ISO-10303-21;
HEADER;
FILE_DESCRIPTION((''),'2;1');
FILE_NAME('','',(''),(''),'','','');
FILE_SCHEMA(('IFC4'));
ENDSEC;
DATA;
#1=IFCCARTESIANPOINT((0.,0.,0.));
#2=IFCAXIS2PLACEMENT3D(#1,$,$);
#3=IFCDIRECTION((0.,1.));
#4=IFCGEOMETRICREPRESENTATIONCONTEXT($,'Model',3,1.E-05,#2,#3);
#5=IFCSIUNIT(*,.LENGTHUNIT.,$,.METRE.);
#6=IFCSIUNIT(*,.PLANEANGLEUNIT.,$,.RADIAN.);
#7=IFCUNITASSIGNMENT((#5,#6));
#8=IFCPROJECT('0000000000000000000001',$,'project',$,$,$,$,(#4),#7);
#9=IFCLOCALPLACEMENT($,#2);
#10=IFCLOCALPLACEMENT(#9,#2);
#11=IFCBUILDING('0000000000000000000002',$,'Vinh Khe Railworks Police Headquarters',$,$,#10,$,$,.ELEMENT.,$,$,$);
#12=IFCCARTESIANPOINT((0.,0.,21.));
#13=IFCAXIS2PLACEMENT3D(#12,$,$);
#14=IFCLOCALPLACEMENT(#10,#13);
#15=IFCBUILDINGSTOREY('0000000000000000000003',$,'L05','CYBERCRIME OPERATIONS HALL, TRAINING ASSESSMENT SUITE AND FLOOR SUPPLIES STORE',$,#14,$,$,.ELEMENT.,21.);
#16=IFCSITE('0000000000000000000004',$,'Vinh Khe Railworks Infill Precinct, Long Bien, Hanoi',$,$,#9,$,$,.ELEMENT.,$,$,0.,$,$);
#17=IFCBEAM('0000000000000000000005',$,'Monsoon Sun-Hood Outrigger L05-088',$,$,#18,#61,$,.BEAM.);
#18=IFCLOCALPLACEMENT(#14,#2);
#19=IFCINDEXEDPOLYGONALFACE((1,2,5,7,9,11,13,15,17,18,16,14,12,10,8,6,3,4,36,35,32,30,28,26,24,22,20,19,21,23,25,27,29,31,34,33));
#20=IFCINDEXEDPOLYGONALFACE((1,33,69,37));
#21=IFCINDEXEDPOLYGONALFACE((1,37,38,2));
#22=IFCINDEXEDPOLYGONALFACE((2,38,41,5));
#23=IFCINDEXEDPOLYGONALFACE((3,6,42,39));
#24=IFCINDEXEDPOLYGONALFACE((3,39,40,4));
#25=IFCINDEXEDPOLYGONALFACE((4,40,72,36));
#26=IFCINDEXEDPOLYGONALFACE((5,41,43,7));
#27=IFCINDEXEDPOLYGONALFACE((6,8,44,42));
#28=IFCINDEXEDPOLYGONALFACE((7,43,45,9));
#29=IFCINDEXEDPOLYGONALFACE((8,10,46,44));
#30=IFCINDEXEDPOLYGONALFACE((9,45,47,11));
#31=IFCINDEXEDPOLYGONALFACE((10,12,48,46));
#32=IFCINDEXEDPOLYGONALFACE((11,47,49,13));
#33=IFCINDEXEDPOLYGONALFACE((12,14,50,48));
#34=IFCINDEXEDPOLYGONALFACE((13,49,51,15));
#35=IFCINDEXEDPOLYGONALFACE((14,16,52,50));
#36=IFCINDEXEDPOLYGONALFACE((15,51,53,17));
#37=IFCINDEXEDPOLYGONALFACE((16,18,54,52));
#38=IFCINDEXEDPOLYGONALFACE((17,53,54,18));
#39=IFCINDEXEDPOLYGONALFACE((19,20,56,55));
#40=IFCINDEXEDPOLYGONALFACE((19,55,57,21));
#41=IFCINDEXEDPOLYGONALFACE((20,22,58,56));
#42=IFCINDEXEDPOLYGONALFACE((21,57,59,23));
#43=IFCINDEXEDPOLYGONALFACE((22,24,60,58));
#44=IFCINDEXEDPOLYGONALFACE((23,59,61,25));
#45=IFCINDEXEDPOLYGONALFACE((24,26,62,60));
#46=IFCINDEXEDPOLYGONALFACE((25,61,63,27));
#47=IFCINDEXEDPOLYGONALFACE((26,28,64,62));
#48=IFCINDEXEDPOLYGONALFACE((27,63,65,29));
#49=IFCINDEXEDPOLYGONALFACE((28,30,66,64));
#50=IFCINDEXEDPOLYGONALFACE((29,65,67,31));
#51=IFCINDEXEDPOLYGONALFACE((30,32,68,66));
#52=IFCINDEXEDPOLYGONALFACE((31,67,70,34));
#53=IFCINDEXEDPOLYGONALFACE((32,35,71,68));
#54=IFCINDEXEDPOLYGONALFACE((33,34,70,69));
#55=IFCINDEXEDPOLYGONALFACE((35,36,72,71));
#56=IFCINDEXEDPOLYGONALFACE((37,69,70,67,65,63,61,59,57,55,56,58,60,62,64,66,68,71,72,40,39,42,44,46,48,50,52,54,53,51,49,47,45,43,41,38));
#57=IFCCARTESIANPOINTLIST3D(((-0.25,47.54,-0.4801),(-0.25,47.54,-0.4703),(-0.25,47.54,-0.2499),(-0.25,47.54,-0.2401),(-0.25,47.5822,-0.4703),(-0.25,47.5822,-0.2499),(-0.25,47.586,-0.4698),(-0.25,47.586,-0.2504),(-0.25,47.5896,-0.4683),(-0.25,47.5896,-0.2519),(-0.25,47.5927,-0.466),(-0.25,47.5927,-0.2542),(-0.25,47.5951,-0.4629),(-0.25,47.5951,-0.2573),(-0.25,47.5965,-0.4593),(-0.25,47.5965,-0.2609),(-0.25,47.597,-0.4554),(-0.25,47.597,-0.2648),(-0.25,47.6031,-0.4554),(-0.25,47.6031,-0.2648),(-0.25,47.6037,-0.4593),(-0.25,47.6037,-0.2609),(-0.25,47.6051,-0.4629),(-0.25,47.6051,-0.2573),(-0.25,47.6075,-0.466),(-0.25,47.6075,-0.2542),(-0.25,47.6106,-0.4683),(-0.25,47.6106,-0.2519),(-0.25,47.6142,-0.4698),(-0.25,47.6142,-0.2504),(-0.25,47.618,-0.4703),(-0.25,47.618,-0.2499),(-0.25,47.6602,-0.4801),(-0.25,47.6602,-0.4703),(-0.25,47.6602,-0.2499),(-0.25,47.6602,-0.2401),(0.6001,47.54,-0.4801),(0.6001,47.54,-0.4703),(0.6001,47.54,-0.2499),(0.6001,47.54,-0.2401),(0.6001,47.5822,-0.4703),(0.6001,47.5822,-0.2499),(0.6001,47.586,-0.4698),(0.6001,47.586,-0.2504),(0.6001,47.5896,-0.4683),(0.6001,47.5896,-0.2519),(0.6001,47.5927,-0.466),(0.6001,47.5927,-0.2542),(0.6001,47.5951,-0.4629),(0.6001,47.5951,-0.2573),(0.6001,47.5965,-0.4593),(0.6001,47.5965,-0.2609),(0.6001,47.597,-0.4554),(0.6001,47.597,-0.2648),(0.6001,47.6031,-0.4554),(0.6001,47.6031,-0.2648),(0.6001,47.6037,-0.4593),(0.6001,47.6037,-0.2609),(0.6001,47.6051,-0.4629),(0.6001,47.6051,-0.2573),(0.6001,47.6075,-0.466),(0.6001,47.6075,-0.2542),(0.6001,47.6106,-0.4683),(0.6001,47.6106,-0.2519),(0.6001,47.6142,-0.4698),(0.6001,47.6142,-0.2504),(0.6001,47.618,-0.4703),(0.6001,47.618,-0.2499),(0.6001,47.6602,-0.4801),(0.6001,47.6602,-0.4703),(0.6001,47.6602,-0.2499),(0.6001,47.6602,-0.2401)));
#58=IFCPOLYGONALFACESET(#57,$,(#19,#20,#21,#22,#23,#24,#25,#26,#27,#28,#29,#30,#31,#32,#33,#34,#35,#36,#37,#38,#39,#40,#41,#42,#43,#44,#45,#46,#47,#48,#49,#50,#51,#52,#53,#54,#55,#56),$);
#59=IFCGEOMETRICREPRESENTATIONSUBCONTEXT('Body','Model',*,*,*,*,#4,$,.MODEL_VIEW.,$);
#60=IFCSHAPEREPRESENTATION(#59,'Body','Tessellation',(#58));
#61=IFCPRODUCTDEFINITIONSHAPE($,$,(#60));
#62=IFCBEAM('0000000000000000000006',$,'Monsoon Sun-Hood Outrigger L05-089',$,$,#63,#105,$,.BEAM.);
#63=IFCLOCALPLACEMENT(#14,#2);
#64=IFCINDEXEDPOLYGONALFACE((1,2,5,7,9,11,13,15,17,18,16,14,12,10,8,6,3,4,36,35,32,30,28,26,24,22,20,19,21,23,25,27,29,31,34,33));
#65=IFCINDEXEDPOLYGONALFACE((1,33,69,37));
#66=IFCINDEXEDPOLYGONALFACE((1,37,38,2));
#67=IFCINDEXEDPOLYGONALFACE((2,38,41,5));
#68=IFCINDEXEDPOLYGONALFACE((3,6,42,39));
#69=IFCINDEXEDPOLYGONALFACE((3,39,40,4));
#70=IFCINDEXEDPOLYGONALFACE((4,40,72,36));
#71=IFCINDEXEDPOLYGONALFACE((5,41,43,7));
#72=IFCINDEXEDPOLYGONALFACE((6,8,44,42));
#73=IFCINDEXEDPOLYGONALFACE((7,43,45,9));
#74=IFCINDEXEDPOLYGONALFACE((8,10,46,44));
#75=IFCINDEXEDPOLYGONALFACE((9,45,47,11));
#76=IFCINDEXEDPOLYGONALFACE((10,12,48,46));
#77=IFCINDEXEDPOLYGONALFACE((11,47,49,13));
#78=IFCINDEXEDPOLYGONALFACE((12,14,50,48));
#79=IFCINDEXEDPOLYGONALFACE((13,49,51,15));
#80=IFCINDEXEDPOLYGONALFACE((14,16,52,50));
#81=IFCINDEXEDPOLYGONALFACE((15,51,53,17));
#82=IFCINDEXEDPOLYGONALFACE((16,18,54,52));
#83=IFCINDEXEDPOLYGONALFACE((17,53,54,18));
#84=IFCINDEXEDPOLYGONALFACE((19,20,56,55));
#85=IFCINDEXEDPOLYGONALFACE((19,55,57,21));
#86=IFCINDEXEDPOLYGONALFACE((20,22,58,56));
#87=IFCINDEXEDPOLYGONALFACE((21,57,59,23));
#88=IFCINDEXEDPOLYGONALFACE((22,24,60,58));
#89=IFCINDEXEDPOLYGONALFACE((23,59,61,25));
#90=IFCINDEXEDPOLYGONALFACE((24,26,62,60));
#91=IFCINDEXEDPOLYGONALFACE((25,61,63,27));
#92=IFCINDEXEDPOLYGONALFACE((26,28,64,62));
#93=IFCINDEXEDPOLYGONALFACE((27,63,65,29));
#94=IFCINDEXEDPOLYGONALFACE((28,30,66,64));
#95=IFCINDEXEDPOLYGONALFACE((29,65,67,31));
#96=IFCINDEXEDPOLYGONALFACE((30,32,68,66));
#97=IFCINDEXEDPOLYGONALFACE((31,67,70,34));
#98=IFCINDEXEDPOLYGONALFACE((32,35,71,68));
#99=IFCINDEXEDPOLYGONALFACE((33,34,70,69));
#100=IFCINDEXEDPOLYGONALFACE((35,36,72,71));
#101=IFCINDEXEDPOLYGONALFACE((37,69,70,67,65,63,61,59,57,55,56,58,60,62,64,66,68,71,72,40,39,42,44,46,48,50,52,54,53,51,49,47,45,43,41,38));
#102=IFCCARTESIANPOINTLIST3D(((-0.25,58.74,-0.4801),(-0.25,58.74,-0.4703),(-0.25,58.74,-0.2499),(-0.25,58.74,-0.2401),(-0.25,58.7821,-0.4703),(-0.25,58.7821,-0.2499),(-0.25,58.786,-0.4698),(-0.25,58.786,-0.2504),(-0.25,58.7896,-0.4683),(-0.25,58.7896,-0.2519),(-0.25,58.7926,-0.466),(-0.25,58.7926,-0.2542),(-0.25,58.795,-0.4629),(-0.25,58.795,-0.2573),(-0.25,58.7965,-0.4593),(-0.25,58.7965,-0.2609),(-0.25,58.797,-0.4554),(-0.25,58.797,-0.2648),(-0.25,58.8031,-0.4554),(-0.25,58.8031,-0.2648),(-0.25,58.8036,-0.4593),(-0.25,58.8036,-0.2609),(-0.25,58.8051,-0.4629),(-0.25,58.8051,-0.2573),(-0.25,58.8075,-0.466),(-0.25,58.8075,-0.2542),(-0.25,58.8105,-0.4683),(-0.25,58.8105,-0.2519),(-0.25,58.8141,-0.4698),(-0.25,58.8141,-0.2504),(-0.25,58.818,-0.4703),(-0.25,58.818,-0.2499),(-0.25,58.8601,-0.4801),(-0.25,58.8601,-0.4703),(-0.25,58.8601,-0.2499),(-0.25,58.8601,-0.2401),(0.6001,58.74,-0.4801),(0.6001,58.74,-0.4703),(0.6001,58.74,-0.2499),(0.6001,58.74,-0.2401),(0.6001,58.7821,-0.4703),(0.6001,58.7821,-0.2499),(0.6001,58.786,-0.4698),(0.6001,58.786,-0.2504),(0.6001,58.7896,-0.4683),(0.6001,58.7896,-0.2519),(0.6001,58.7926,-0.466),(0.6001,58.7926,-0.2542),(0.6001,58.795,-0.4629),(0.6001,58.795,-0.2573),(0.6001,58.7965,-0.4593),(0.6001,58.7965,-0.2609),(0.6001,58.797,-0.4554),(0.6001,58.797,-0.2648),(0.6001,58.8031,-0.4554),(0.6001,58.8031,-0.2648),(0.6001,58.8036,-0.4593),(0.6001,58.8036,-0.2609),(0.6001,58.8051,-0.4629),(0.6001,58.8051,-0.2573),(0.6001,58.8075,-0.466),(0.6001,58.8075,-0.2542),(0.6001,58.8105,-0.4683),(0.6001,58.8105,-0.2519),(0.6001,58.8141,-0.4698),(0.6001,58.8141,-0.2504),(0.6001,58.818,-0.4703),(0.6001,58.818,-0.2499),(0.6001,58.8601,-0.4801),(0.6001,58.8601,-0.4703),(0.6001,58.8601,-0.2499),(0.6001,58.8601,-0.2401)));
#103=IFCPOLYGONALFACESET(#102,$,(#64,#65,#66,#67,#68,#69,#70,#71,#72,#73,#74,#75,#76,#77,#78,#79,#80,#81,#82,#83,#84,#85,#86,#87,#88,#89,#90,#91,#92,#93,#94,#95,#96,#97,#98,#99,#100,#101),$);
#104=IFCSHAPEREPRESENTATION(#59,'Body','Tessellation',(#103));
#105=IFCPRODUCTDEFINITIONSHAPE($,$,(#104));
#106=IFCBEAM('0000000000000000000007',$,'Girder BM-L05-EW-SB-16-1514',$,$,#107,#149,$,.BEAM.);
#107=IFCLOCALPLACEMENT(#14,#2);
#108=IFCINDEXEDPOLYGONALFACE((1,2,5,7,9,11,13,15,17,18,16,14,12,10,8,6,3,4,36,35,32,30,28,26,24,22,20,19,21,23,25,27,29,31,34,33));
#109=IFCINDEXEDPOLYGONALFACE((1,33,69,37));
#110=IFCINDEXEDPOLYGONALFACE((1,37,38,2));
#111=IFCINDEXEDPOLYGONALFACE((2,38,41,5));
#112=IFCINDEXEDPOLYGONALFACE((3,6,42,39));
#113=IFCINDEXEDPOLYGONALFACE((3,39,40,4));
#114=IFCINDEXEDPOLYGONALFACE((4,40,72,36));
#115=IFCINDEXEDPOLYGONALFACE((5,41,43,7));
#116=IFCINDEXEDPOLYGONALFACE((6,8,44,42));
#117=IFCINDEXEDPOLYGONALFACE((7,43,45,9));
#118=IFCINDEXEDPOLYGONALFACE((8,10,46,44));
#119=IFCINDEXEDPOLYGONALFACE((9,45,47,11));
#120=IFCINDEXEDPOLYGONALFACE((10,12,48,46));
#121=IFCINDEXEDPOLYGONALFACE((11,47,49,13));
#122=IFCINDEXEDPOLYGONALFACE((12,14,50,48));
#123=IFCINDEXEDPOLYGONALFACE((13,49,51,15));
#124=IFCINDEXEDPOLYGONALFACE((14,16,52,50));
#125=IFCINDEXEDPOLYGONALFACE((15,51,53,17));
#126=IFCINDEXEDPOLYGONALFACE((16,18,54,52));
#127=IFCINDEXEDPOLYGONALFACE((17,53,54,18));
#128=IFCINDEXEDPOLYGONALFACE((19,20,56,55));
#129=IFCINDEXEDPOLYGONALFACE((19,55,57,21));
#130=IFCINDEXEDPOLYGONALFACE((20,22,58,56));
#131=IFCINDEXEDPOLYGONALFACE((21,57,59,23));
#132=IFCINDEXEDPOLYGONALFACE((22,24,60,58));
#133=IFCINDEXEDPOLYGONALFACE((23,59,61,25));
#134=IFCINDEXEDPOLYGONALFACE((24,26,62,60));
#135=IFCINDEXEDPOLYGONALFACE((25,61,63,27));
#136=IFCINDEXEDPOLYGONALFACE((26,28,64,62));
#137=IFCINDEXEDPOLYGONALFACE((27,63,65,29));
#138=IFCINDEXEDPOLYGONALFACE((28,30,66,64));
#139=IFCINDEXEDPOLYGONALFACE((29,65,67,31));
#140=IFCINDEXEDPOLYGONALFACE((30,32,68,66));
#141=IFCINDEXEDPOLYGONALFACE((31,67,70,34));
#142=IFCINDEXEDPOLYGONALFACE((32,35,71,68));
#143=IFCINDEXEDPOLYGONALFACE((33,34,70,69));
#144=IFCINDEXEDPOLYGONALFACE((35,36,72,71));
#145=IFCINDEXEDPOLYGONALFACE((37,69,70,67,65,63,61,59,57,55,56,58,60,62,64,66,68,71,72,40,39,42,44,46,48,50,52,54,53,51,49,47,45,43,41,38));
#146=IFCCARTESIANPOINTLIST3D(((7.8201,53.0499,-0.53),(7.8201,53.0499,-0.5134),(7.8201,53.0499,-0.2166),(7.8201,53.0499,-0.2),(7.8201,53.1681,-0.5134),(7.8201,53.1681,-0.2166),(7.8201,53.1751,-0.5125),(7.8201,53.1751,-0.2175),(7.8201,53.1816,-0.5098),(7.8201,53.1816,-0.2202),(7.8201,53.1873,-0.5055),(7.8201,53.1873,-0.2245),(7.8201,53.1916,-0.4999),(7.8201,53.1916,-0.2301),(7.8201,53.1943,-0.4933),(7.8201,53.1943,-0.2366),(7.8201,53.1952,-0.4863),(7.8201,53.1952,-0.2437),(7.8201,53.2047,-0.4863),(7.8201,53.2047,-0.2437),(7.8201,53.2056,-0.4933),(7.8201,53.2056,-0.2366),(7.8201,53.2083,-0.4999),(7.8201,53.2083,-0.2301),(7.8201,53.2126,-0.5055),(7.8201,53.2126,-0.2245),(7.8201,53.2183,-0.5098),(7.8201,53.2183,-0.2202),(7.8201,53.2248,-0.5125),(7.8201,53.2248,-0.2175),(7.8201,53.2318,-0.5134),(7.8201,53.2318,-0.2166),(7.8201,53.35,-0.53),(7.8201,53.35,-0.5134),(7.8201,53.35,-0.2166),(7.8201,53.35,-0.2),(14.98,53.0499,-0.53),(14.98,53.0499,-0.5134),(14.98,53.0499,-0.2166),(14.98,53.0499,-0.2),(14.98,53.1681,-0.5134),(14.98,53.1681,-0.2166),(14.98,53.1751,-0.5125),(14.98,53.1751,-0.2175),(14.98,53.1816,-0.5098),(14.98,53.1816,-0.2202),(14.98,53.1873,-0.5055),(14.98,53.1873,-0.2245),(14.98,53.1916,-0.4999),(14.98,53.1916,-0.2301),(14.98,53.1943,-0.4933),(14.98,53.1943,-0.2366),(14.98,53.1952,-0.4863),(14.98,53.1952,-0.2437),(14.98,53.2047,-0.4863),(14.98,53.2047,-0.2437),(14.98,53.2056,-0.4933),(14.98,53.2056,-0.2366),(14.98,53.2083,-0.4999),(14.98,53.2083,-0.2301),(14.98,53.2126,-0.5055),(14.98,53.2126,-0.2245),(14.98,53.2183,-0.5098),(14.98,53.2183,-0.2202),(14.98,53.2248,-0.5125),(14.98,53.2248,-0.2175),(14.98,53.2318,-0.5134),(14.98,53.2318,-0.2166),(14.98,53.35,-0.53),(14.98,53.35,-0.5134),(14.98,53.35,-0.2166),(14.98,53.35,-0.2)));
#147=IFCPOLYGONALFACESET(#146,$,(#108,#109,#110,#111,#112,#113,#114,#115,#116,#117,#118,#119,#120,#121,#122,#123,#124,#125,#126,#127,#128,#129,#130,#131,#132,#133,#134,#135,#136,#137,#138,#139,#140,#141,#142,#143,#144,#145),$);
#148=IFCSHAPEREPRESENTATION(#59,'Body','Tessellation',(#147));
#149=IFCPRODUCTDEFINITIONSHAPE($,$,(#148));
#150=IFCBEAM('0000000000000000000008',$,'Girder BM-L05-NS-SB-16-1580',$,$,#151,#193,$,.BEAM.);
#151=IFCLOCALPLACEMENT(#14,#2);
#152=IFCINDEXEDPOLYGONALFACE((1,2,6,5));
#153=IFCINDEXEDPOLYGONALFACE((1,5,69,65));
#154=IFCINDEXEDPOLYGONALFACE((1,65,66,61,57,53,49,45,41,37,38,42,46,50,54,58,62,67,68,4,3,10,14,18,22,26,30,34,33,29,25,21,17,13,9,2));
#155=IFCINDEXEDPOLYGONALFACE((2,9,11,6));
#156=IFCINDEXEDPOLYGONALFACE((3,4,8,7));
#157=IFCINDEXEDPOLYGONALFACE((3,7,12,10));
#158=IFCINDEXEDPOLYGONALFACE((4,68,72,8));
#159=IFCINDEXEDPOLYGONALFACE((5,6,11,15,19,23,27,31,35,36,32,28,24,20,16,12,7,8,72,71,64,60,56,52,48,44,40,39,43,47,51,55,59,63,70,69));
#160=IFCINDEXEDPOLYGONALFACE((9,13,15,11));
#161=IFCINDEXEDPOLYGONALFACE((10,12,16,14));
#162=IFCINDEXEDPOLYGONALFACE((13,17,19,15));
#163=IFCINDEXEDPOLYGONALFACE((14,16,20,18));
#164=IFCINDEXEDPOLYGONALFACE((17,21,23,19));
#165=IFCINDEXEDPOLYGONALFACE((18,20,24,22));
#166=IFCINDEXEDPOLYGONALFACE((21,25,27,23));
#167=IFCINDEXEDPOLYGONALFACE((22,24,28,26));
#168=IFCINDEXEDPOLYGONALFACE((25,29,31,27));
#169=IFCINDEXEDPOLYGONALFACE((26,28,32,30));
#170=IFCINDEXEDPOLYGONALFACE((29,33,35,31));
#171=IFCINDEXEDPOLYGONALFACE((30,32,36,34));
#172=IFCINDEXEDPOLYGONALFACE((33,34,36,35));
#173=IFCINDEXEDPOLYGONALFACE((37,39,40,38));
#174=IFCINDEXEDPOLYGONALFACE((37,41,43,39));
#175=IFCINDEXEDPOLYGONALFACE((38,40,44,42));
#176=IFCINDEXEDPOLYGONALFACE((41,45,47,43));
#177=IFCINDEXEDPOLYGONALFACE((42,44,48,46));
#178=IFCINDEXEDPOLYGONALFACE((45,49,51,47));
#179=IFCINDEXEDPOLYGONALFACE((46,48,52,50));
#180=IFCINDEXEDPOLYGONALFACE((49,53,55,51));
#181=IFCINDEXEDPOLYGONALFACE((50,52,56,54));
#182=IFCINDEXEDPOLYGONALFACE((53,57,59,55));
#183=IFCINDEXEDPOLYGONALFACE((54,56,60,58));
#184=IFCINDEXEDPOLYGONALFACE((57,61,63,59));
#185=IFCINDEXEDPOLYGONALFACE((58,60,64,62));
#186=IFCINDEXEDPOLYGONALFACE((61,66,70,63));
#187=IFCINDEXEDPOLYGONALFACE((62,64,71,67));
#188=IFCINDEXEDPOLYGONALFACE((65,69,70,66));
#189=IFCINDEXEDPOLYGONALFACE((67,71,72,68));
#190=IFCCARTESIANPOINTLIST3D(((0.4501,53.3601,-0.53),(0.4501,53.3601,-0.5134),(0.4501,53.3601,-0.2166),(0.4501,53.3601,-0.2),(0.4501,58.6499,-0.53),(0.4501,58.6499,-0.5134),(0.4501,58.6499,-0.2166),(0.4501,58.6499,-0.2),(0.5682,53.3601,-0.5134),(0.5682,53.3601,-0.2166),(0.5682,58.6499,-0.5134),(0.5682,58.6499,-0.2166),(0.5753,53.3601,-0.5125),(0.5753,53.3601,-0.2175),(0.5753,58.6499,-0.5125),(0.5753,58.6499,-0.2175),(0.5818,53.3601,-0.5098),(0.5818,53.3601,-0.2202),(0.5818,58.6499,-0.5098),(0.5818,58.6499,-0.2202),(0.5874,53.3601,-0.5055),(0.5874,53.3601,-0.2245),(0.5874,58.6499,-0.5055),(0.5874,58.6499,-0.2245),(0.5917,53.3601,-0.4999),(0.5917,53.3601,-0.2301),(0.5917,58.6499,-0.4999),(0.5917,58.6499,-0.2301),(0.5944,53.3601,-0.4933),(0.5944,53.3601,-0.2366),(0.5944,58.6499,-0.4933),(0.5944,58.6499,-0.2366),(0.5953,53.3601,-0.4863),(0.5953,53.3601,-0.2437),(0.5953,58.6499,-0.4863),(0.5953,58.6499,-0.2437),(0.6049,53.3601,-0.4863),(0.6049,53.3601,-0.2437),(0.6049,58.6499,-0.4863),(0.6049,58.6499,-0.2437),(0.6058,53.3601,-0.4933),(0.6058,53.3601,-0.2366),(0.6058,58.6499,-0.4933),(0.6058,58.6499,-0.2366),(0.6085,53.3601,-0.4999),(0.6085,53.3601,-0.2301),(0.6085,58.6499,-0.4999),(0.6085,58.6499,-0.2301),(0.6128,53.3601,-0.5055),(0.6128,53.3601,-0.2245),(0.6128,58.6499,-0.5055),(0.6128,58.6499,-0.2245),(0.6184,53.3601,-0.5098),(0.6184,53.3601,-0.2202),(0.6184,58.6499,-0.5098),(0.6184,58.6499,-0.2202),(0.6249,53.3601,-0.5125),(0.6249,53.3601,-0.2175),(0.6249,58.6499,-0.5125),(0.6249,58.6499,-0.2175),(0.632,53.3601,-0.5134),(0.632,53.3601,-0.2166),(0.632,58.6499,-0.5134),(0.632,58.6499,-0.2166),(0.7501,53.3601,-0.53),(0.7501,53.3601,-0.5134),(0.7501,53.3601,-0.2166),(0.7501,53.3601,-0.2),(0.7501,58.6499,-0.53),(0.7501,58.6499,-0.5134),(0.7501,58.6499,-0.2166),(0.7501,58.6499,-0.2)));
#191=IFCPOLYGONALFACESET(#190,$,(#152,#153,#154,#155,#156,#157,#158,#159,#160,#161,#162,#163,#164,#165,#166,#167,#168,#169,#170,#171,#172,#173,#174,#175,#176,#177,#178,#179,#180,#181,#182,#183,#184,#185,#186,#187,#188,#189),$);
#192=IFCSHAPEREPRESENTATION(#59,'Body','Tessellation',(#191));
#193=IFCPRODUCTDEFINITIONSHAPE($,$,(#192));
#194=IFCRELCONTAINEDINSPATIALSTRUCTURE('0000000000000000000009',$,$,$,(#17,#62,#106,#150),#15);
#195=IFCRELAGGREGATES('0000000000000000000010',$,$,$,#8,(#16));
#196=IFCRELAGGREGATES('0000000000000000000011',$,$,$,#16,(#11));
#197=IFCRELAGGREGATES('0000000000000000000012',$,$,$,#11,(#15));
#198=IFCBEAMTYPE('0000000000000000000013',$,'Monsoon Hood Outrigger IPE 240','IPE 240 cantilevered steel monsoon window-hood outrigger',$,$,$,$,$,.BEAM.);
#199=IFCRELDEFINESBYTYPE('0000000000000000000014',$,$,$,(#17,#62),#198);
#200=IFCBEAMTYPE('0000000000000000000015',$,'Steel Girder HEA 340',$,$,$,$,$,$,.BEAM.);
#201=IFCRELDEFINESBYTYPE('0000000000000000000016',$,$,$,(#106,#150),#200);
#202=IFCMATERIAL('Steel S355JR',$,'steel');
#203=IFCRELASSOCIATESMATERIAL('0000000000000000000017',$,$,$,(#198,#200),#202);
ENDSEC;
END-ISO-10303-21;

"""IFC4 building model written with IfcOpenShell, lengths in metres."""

from ifc_helpers import new_model, si_unit, direction, frame, origin, origin_2d, place, context, subcontext, project, spatial, i_section, extrude, material, material_profile, profile_set, type_object, element, save


model = new_model("IFC4")

# Units and contexts
model_context = context("Model", 3, precision=1e-05, world=origin(), true_north=direction((0.0, 1.0)))
body_context = subcontext(model_context, "Body", "Model", "MODEL_VIEW")
ifc_project = project(units=[si_unit("LENGTHUNIT", "METRE"), si_unit("PLANEANGLEUNIT", "RADIAN")], contexts=[model_context])

# Site, building, storey
site_placement = place(None, origin())
site = spatial("IfcSite", under=ifc_project, at=site_placement, Name="Vinh Khe Railworks Infill Precinct, Long Bien, Hanoi", CompositionType="ELEMENT", RefElevation=0.0)
building_placement = place(site_placement, origin())
building = spatial("IfcBuilding", under=site, at=building_placement, Name="Vinh Khe Railworks Police Headquarters", CompositionType="ELEMENT")
storey_placement = place(building_placement, frame((0.0, 0.0, 21.0)))
storey = spatial("IfcBuildingStorey", under=building, at=storey_placement, Name="L05", Description="CYBERCRIME OPERATIONS HALL, TRAINING ASSESSMENT SUITE AND FLOOR SUPPLIES STORE", CompositionType="ELEMENT", Elevation=21.0)

# Shared definitions
ifc_material_1 = material(Name="Steel S355JR", Category="steel")

# Beams
ifc_material_profile_1 = material_profile(ifc_material_1, i_section(OverallWidth=0.1201, OverallDepth=0.24, WebThickness=0.0061, FlangeThickness=0.0098, FilletRadius=0.0149, at=origin_2d()), Name="IPE 240")
ifc_profile_set_1 = profile_set([ifc_material_profile_1], Name="Steel S355JR")
beam_type_1 = type_object("IfcBeamType", Name="Monsoon Hood Outrigger IPE 240", Description="IPE 240 cantilevered steel monsoon window-hood outrigger", PredefinedType="BEAM", material=ifc_profile_set_1)
for number, where, z_axis, x_axis, name in (
    (1, (-0.25, 47.6001, -0.3601), (1.0, 0.0, 0.0), (0.0, 1.0, 0.0), "Monsoon Sun-Hood Outrigger L05-088"),
    (2, (-0.25, 58.8, -0.3601), (1.0, 0.0, 0.0), (0.0, 1.0, 0.0), "Monsoon Sun-Hood Outrigger L05-089"),
):
    element("IfcBeam", number, at=place(storey_placement, frame(where, z_axis=z_axis, x_axis=x_axis)), inside=storey, type_object=beam_type_1, Name=name, PredefinedType="BEAM", context=body_context, shape_type="SweptSolid", body=[
        extrude(i_section(OverallWidth=0.1201, OverallDepth=0.24, WebThickness=0.0061, FlangeThickness=0.0098, FilletRadius=0.0149, at=origin_2d()), origin(), (0.0, 0.0, 1.0), 0.8501),
    ])
ifc_material_profile_2 = material_profile(ifc_material_1, i_section(OverallWidth=0.3, OverallDepth=0.3301, WebThickness=0.0095, FlangeThickness=0.0166, FilletRadius=0.0271, at=origin_2d()), Name="HEA 340")
ifc_profile_set_2 = profile_set([ifc_material_profile_2], Name="Steel S355JR")
beam_type_2 = type_object("IfcBeamType", Name="Steel Girder HEA 340", PredefinedType="BEAM", material=ifc_profile_set_2)
beam_1_placement = place(storey_placement, frame((7.8201, 53.2, -0.365), z_axis=(1.0, 0.0, 0.0), x_axis=(0.0, 1.0, 0.0)))
element("IfcBeam", 3, at=beam_1_placement, inside=storey, type_object=beam_type_2, Name="Girder BM-L05-EW-SB-16-1514", PredefinedType="BEAM", context=body_context, shape_type="SweptSolid", body=[
    extrude(i_section(OverallWidth=0.3, OverallDepth=0.3301, WebThickness=0.0095, FlangeThickness=0.0166, FilletRadius=0.0271, at=origin_2d()), origin(), (0.0, 0.0, 1.0), 7.1599),
])
beam_2_placement = place(storey_placement, frame((0.6001, 53.3601, -0.365), z_axis=(0.0, 1.0, 0.0), x_axis=(-1.0, 0.0, 0.0)))
element("IfcBeam", 4, at=beam_2_placement, inside=storey, type_object=beam_type_2, Name="Girder BM-L05-NS-SB-16-1580", PredefinedType="BEAM", context=body_context, shape_type="SweptSolid", body=[
    extrude(i_section(OverallWidth=0.3, OverallDepth=0.3301, WebThickness=0.0095, FlangeThickness=0.0166, FilletRadius=0.0271, at=origin_2d()), origin(), (0.0, 0.0, 1.0), 5.2898),
])

save(model, "model.ifc")
